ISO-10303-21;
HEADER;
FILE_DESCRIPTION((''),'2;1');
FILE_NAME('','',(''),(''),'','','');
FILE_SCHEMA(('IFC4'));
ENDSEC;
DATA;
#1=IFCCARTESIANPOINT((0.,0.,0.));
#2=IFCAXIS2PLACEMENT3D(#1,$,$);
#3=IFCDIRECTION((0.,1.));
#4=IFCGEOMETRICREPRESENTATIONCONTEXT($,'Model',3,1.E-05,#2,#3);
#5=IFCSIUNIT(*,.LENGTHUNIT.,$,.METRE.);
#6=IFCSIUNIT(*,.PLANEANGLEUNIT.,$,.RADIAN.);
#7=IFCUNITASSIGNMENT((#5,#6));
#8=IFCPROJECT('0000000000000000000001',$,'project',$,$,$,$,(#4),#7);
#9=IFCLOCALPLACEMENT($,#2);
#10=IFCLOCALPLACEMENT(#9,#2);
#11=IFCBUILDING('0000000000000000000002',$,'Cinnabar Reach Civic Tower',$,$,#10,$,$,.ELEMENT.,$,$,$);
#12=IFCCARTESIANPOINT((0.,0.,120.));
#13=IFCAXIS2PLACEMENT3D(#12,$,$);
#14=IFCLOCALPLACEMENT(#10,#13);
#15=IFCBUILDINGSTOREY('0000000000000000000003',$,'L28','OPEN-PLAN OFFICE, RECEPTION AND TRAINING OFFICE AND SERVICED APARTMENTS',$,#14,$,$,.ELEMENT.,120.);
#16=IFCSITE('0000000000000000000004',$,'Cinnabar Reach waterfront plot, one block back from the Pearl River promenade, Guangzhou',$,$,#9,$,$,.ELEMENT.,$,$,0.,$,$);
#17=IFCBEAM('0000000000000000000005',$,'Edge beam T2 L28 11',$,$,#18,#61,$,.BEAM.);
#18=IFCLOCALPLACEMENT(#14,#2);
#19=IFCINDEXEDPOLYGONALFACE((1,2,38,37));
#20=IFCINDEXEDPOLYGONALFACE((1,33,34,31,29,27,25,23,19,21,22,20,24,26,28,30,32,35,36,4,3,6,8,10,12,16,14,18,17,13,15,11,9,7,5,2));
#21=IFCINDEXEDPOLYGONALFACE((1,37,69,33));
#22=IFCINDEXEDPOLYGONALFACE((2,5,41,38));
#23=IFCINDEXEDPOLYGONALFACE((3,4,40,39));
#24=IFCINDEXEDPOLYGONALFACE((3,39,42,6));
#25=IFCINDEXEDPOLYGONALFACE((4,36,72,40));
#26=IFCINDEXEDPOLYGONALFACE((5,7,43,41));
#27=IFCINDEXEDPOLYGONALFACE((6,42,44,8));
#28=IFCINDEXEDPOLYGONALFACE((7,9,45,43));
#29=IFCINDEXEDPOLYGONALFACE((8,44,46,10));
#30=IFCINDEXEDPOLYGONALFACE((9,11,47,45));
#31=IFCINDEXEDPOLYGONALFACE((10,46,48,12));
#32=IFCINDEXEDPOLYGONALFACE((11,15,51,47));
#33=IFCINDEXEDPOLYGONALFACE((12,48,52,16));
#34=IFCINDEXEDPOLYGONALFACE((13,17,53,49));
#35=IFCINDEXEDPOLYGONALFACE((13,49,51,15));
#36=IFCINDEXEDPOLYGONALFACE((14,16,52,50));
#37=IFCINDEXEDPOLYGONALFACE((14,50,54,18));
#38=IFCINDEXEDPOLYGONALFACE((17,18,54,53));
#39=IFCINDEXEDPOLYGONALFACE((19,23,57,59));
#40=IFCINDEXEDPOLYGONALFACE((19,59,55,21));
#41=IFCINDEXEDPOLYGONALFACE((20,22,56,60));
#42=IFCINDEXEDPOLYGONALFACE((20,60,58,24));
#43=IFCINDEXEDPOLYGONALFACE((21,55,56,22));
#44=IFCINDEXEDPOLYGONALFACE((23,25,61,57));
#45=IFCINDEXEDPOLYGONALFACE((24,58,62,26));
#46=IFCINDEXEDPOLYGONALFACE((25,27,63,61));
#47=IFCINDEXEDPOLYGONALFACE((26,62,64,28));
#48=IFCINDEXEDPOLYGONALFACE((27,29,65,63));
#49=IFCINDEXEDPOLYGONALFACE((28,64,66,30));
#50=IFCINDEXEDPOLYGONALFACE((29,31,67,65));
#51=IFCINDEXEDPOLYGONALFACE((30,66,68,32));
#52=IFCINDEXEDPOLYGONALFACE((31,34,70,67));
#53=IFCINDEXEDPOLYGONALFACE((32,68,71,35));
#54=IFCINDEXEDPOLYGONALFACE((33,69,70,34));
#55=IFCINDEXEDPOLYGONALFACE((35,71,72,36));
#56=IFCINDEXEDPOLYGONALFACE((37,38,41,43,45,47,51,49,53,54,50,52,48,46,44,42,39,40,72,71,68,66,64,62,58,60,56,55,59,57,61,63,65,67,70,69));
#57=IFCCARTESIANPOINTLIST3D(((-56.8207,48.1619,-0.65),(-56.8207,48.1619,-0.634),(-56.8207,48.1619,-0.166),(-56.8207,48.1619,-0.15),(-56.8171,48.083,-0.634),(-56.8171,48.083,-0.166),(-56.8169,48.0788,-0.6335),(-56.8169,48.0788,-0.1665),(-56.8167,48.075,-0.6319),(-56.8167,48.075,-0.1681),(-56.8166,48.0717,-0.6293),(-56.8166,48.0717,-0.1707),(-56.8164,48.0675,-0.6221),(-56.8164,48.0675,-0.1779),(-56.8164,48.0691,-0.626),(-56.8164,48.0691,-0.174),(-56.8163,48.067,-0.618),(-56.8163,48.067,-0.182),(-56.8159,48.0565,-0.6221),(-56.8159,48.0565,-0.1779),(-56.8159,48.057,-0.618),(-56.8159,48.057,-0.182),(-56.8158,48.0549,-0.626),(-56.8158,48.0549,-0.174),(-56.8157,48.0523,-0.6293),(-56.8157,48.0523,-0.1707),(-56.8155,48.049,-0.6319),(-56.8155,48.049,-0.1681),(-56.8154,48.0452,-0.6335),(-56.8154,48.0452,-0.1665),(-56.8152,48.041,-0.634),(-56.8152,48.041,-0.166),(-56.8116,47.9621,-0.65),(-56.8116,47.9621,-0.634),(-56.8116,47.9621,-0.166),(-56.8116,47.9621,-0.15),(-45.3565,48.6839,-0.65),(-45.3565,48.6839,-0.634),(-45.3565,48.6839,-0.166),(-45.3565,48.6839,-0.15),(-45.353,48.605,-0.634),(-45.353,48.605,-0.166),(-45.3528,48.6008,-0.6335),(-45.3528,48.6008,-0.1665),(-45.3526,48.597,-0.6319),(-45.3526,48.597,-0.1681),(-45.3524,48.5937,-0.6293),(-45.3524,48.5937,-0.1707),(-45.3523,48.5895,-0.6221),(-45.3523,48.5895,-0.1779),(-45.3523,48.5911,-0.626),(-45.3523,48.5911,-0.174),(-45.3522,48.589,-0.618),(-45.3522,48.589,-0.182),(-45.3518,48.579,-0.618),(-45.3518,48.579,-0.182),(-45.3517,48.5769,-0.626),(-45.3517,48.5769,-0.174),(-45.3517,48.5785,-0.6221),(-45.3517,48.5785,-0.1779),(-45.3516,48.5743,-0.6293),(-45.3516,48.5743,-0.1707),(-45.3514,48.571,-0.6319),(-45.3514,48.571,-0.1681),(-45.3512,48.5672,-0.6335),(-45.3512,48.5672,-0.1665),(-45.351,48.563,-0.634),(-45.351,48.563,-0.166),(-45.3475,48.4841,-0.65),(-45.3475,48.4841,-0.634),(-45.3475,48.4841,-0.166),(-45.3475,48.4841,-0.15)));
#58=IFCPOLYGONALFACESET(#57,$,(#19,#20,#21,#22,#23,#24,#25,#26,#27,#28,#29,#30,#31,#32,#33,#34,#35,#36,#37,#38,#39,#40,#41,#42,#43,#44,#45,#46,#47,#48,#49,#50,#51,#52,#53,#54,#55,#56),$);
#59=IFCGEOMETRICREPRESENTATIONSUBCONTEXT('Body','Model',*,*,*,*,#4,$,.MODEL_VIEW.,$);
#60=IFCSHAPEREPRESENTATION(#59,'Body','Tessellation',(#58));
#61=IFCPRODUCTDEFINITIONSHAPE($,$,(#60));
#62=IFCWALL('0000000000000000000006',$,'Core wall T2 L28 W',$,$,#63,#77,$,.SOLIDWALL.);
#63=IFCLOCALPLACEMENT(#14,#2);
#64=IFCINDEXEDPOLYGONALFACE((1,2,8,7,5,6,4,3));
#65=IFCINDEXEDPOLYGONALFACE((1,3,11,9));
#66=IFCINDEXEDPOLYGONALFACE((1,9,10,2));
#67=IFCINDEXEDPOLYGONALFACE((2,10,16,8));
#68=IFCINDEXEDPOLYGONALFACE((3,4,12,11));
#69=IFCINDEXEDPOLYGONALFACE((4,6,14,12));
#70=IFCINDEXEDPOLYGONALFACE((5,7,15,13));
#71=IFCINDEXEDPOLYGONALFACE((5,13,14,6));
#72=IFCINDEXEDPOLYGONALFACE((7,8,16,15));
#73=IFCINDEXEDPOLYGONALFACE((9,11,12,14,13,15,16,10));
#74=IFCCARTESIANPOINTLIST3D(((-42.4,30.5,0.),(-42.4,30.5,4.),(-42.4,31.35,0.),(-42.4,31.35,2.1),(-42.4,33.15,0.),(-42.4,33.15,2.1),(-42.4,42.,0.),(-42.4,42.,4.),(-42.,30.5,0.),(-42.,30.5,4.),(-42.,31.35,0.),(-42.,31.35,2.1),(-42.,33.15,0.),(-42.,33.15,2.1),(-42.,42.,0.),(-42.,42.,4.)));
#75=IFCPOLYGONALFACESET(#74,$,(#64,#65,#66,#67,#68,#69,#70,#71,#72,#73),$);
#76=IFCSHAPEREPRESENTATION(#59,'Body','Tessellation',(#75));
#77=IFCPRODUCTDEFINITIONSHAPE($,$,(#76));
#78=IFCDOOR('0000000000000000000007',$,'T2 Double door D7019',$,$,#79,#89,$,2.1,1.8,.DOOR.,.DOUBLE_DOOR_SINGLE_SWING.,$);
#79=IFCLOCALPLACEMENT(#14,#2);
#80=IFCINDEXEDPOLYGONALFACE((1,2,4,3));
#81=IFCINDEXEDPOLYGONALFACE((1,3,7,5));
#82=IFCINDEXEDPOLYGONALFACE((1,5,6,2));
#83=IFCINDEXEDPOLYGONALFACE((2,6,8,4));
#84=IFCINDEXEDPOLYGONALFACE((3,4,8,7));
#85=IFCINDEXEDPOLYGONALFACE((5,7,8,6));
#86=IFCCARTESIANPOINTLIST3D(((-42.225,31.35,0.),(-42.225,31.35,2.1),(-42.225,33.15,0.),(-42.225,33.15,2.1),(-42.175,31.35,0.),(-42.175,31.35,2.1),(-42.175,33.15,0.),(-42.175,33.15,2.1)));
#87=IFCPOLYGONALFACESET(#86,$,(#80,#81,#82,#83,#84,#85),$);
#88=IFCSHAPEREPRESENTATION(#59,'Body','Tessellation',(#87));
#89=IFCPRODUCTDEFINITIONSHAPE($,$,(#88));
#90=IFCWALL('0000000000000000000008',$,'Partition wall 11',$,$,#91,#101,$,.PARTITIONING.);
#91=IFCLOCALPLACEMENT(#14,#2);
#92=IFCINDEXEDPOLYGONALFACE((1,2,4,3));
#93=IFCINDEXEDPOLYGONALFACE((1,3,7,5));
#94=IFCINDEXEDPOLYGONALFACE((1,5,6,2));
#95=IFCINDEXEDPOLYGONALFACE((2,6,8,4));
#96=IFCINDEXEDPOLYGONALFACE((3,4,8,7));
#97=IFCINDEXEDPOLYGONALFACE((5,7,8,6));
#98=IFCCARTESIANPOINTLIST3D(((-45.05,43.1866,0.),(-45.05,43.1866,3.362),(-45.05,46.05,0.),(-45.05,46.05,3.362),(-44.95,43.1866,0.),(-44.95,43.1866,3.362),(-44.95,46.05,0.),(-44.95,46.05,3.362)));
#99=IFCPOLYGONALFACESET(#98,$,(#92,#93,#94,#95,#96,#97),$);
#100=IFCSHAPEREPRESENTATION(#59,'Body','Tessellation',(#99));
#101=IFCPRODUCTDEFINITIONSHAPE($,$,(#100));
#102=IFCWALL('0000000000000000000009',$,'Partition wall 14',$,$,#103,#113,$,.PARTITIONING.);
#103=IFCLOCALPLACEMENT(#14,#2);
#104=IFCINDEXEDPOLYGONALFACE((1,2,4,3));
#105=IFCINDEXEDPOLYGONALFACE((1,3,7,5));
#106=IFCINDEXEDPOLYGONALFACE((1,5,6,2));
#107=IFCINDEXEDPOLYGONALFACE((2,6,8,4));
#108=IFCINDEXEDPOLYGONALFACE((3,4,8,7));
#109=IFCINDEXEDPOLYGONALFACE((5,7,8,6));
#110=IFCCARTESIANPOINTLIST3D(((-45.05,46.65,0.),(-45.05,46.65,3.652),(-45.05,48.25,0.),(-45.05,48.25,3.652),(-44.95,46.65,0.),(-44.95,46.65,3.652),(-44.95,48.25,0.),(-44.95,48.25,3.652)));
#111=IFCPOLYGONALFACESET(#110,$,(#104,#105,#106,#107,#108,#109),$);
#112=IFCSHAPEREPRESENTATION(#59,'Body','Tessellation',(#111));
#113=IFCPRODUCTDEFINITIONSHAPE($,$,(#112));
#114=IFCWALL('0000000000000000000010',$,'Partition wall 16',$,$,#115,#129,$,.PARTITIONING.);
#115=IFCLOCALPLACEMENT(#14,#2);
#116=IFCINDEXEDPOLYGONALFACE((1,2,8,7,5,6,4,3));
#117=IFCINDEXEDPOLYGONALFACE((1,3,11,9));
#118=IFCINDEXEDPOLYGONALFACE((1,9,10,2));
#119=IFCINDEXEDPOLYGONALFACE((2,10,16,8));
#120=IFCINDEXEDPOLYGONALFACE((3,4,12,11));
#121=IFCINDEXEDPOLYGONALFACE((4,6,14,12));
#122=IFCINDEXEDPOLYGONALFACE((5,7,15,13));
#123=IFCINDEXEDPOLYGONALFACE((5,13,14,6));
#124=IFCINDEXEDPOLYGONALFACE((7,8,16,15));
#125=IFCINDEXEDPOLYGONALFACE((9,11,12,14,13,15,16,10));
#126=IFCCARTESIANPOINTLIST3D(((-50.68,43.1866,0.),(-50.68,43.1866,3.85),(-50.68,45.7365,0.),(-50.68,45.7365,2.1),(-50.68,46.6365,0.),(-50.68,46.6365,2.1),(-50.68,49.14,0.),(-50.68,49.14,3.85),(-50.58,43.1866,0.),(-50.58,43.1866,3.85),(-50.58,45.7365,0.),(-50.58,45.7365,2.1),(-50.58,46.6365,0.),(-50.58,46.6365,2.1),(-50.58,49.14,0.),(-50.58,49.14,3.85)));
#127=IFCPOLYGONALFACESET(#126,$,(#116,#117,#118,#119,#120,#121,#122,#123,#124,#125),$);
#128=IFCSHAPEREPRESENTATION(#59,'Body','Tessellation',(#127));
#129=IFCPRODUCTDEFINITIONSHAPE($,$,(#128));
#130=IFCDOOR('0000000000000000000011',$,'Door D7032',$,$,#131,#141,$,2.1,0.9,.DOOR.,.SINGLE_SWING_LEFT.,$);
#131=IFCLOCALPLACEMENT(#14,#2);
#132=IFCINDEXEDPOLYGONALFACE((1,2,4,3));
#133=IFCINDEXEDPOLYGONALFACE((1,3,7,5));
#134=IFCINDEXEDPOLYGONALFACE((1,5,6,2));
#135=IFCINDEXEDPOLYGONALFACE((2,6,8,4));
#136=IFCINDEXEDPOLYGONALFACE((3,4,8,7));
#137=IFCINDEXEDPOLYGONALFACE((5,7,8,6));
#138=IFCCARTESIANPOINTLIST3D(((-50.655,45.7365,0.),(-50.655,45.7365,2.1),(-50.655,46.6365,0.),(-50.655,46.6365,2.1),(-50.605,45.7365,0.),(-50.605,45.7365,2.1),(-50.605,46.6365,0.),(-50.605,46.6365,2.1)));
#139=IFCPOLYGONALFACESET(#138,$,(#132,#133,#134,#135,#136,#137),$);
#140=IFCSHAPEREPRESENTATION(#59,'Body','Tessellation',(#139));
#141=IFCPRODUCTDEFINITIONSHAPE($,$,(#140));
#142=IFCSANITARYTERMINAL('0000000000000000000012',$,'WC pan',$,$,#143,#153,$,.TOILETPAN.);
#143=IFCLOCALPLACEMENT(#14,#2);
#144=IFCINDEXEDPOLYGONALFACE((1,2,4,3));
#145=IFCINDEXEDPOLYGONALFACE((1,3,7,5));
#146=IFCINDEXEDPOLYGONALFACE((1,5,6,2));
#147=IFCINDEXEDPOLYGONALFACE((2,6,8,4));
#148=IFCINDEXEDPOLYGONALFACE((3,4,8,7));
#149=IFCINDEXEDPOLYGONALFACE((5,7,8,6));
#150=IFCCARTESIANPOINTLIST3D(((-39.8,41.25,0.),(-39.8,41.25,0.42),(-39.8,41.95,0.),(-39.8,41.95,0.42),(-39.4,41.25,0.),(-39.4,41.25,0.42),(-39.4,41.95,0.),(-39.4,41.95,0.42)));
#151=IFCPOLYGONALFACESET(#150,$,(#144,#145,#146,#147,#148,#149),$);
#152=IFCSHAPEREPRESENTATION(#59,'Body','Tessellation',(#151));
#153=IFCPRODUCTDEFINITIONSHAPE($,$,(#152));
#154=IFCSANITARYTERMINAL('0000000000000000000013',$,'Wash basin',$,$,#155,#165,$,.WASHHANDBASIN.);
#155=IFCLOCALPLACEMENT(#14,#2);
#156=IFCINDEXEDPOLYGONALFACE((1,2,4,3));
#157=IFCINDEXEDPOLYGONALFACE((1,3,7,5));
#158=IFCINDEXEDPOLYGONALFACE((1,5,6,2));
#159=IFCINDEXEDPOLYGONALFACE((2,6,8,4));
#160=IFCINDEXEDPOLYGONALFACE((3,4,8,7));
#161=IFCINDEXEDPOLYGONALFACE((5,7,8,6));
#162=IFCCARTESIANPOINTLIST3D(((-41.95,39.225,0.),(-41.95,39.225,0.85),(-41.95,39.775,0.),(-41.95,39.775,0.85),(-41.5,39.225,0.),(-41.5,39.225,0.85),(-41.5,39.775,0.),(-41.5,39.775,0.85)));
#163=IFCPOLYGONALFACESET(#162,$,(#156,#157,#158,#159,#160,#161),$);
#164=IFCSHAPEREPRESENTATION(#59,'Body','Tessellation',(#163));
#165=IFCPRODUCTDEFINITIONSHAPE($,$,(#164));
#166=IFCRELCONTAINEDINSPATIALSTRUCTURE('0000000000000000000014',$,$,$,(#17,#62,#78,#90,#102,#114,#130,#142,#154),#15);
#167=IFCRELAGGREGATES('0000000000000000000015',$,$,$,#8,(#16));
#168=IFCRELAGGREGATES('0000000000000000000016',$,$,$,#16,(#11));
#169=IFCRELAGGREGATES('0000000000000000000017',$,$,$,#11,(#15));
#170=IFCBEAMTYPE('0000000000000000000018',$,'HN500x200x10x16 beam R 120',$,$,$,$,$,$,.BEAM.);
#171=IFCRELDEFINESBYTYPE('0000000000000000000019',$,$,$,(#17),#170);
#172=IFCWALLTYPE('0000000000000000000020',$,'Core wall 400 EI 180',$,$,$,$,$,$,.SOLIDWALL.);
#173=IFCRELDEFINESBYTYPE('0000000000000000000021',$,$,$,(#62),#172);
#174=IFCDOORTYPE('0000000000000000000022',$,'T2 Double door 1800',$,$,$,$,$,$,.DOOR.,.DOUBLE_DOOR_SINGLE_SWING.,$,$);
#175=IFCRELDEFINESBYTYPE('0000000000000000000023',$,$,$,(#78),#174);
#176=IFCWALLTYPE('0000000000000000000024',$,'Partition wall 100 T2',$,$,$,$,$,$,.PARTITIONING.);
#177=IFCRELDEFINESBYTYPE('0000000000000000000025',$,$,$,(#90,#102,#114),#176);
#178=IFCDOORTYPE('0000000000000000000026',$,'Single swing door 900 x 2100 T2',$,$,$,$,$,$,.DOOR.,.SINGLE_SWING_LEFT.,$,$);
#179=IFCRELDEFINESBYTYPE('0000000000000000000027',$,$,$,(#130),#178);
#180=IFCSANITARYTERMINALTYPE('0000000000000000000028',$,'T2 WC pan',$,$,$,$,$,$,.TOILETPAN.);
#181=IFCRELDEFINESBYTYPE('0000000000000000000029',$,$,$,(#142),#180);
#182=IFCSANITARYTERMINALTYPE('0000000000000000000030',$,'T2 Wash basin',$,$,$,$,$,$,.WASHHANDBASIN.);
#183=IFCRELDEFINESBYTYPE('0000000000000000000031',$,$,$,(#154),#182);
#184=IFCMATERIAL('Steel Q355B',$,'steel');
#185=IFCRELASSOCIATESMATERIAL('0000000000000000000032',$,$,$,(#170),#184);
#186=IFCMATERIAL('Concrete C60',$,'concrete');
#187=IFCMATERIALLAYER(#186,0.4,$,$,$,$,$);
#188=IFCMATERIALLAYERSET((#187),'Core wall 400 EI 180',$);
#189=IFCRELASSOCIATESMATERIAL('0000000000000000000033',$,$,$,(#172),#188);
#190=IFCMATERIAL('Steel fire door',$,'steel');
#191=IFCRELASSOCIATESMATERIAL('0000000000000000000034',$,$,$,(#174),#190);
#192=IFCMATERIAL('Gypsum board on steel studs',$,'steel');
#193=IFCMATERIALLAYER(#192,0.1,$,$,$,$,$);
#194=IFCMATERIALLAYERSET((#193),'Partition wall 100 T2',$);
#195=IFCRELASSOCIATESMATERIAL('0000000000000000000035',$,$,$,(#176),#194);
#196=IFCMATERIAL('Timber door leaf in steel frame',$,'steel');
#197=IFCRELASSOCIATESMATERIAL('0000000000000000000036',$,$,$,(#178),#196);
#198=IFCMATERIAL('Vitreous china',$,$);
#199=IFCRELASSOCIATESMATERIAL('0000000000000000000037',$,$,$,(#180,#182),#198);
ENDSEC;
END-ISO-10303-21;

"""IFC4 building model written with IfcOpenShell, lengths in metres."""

from ifc_helpers import new_model, si_unit, direction, frame, frame_2d, origin, origin_2d, place, context, subcontext, project, spatial, rectangle, i_section, extrude, material, layer, layer_set, material_profile, profile_set, type_object, element, fill, save


model = new_model("IFC4")

# Units and contexts
model_context = context("Model", 3, precision=1e-05, world=origin(), true_north=direction((0.0, 1.0)))
body_context = subcontext(model_context, "Body", "Model", "MODEL_VIEW")
ifc_project = project(units=[si_unit("LENGTHUNIT", "METRE"), si_unit("PLANEANGLEUNIT", "RADIAN")], contexts=[model_context])

# Site, building, storey
site_placement = place(None, origin())
site = spatial("IfcSite", under=ifc_project, at=site_placement, Name="Cinnabar Reach waterfront plot, one block back from the Pearl River promenade, Guangzhou", CompositionType="ELEMENT", RefElevation=0.0)
building_placement = place(site_placement, origin())
building = spatial("IfcBuilding", under=site, at=building_placement, Name="Cinnabar Reach Civic Tower", CompositionType="ELEMENT")
storey_placement = place(building_placement, frame((0.0, 0.0, 120.0)))
storey = spatial("IfcBuildingStorey", under=building, at=storey_placement, Name="L28", Description="OPEN-PLAN OFFICE, RECEPTION AND TRAINING OFFICE AND SERVICED APARTMENTS", CompositionType="ELEMENT", Elevation=120.0)

# Shared definitions
ifc_material_1 = material(Name="Concrete C60", Category="concrete")

# Beam
ifc_material_2 = material(Name="Steel Q355B", Category="steel")
ifc_material_profile_1 = material_profile(ifc_material_2, i_section(OverallWidth=0.2, OverallDepth=0.5, WebThickness=0.01, FlangeThickness=0.016, FilletRadius=0.016, at=origin_2d()), Name="HN500x200x10x16")
ifc_profile_set_1 = profile_set([ifc_material_profile_1], Name="Steel Q355B")
beam_type_1 = type_object("IfcBeamType", Name="HN500x200x10x16 beam R 120", PredefinedType="BEAM", material=ifc_profile_set_1)
beam_1_placement = place(storey_placement, frame((-45.352, 48.584, -0.4), z_axis=(-0.998965, -0.045486, 0.0), x_axis=(0.045486, -0.998965, 0.0)))
element("IfcBeam", 1, at=beam_1_placement, inside=storey, type_object=beam_type_1, Name="Edge beam T2 L28 11", PredefinedType="BEAM", context=body_context, shape_type="SweptSolid", body=[
    extrude(i_section(OverallWidth=0.2, OverallDepth=0.5, WebThickness=0.01, FlangeThickness=0.016, FilletRadius=0.016, at=origin_2d()), origin(), (0.0, 0.0, 1.0), 11.476),
])

# Wall, opening, door
ifc_layer_1 = layer(ifc_material_1, 0.4)
ifc_layer_set_1 = layer_set([ifc_layer_1], Name="Core wall 400 EI 180")
wall_type_1 = type_object("IfcWallType", Name="Core wall 400 EI 180", PredefinedType="SOLIDWALL", material=ifc_layer_set_1)
wall_1_placement = place(storey_placement, frame((-42.2, 42.0, 0.0), z_axis=(0.0, 0.0, 1.0), x_axis=(0.0, -1.0, 0.0)))
wall_1 = element("IfcWall", 2, at=wall_1_placement, inside=storey, type_object=wall_type_1, Name="Core wall T2 L28 W", PredefinedType="SOLIDWALL", context=body_context, shape_type="SweptSolid", body=[
    extrude(rectangle(XDim=11.5, YDim=0.4, at=frame_2d((5.75, 0.0))), origin(), (0.0, 0.0, 1.0), 4.0),
])
opening_1_placement = place(wall_1_placement, frame((8.85, 0.0, 0.0)))
opening_1 = element("IfcOpeningElement", 3, at=opening_1_placement, cuts=wall_1, PredefinedType="OPENING", context=body_context, shape_type="SweptSolid", body=[
    extrude(rectangle(XDim=1.8, YDim=2.1, at=frame_2d((0.9, 1.05))), frame((0.0, 0.21, 0.0), z_axis=(0.0, -1.0, 0.0), x_axis=(1.0, 0.0, 0.0)), (0.0, 0.0, 1.0), 0.42),
])
ifc_material_3 = material(Name="Steel fire door", Category="steel")
door_type_1 = type_object("IfcDoorType", Name="T2 Double door 1800", OperationType="DOUBLE_DOOR_SINGLE_SWING", PredefinedType="DOOR", material=ifc_material_3)
door_1_placement = place(opening_1_placement, frame((1.8, 0.0, 0.0), z_axis=(0.0, 0.0, 1.0), x_axis=(-1.0, 0.0, 0.0)))
door_1 = element("IfcDoor", 4, at=door_1_placement, inside=storey, type_object=door_type_1, Name="T2 Double door D7019", OperationType="DOUBLE_DOOR_SINGLE_SWING", OverallHeight=2.1, OverallWidth=1.8, PredefinedType="DOOR", context=body_context, shape_type="SweptSolid", body=[
    extrude(rectangle(XDim=1.8, YDim=2.1, at=frame_2d((0.9, 1.05))), frame((0.0, 0.025, 0.0), z_axis=(0.0, -1.0, 0.0), x_axis=(1.0, 0.0, 0.0)), (0.0, 0.0, 1.0), 0.05),
])
fill(opening_1, door_1)

# Walls
ifc_material_4 = material(Name="Gypsum board on steel studs", Category="steel")
ifc_layer_2 = layer(ifc_material_4, 0.1)
ifc_layer_set_2 = layer_set([ifc_layer_2], Name="Partition wall 100 T2")
wall_type_2 = type_object("IfcWallType", Name="Partition wall 100 T2", PredefinedType="PARTITIONING", material=ifc_layer_set_2)
wall_2_placement = place(storey_placement, frame((-45.0, 43.1865, 0.0), z_axis=(0.0, 0.0, 1.0), x_axis=(0.0, 1.0, 0.0)))
element("IfcWall", 5, at=wall_2_placement, inside=storey, type_object=wall_type_2, Name="Partition wall 11", PredefinedType="PARTITIONING", context=body_context, shape_type="SweptSolid", body=[
    extrude(rectangle(XDim=2.8635, YDim=0.1, at=frame_2d((1.4318, 0.0))), origin(), (0.0, 0.0, 1.0), 3.362),
])
wall_3_placement = place(storey_placement, frame((-45.0, 46.65, 0.0), z_axis=(0.0, 0.0, 1.0), x_axis=(0.0, 1.0, 0.0)))
element("IfcWall", 6, at=wall_3_placement, inside=storey, type_object=wall_type_2, Name="Partition wall 14", PredefinedType="PARTITIONING", context=body_context, shape_type="SweptSolid", body=[
    extrude(rectangle(XDim=1.6, YDim=0.1, at=frame_2d((0.8, 0.0))), origin(), (0.0, 0.0, 1.0), 3.652),
])

# Wall, opening, door
wall_4_placement = place(storey_placement, frame((-50.63, 43.1865, 0.0), z_axis=(0.0, 0.0, 1.0), x_axis=(0.0, 1.0, 0.0)))
wall_4 = element("IfcWall", 7, at=wall_4_placement, inside=storey, type_object=wall_type_2, Name="Partition wall 16", PredefinedType="PARTITIONING", context=body_context, shape_type="SweptSolid", body=[
    extrude(rectangle(XDim=5.9535, YDim=0.1, at=frame_2d((2.9768, 0.0))), origin(), (0.0, 0.0, 1.0), 3.85),
])
opening_2_placement = place(wall_4_placement, frame((2.55, 0.0, 0.0)))
opening_2 = element("IfcOpeningElement", 8, at=opening_2_placement, cuts=wall_4, PredefinedType="OPENING", context=body_context, shape_type="SweptSolid", body=[
    extrude(rectangle(XDim=0.9, YDim=2.1, at=frame_2d((0.45, 1.05))), frame((0.0, 0.06, 0.0), z_axis=(0.0, -1.0, 0.0), x_axis=(1.0, 0.0, 0.0)), (0.0, 0.0, 1.0), 0.12),
])
ifc_material_5 = material(Name="Timber door leaf in steel frame", Category="steel")
door_type_2 = type_object("IfcDoorType", Name="Single swing door 900 x 2100 T2", OperationType="SINGLE_SWING_LEFT", PredefinedType="DOOR", material=ifc_material_5)
door_2_placement = place(opening_2_placement, frame((0.9, 0.0, 0.0), z_axis=(0.0, 0.0, 1.0), x_axis=(-1.0, 0.0, 0.0)))
door_2 = element("IfcDoor", 9, at=door_2_placement, inside=storey, type_object=door_type_2, Name="Door D7032", OperationType="SINGLE_SWING_LEFT", OverallHeight=2.1, OverallWidth=0.9, PredefinedType="DOOR", context=body_context, shape_type="SweptSolid", body=[
    extrude(rectangle(XDim=0.9, YDim=2.1, at=frame_2d((0.45, 1.05))), frame((0.0, 0.025, 0.0), z_axis=(0.0, -1.0, 0.0), x_axis=(1.0, 0.0, 0.0)), (0.0, 0.0, 1.0), 0.05),
])
fill(opening_2, door_2)

# Sanitary terminals
ifc_material_6 = material(Name="Vitreous china")
sanitary_terminal_type_1 = type_object("IfcSanitaryTerminalType", Name="T2 WC pan", PredefinedType="TOILETPAN", material=ifc_material_6)
sanitary_terminal_1_placement = place(storey_placement, frame((-39.6, 41.6, 0.0), z_axis=(0.0, 0.0, 1.0), x_axis=(1.0, 0.0, 0.0)))
element("IfcSanitaryTerminal", 10, at=sanitary_terminal_1_placement, inside=storey, type_object=sanitary_terminal_type_1, Name="WC pan", PredefinedType="TOILETPAN", context=body_context, shape_type="SweptSolid", body=[
    extrude(rectangle(XDim=0.4, YDim=0.7, at=origin_2d()), origin(), (0.0, 0.0, 1.0), 0.42),
])
sanitary_terminal_type_2 = type_object("IfcSanitaryTerminalType", Name="T2 Wash basin", PredefinedType="WASHHANDBASIN", material=ifc_material_6)
sanitary_terminal_2_placement = place(storey_placement, frame((-41.725, 39.5, 0.0), z_axis=(0.0, 0.0, 1.0), x_axis=(1.0, 0.0, 0.0)))
element("IfcSanitaryTerminal", 11, at=sanitary_terminal_2_placement, inside=storey, type_object=sanitary_terminal_type_2, Name="Wash basin", PredefinedType="WASHHANDBASIN", context=body_context, shape_type="SweptSolid", body=[
    extrude(rectangle(XDim=0.45, YDim=0.55, at=origin_2d()), origin(), (0.0, 0.0, 1.0), 0.85),
])

save(model, "model.ifc")
